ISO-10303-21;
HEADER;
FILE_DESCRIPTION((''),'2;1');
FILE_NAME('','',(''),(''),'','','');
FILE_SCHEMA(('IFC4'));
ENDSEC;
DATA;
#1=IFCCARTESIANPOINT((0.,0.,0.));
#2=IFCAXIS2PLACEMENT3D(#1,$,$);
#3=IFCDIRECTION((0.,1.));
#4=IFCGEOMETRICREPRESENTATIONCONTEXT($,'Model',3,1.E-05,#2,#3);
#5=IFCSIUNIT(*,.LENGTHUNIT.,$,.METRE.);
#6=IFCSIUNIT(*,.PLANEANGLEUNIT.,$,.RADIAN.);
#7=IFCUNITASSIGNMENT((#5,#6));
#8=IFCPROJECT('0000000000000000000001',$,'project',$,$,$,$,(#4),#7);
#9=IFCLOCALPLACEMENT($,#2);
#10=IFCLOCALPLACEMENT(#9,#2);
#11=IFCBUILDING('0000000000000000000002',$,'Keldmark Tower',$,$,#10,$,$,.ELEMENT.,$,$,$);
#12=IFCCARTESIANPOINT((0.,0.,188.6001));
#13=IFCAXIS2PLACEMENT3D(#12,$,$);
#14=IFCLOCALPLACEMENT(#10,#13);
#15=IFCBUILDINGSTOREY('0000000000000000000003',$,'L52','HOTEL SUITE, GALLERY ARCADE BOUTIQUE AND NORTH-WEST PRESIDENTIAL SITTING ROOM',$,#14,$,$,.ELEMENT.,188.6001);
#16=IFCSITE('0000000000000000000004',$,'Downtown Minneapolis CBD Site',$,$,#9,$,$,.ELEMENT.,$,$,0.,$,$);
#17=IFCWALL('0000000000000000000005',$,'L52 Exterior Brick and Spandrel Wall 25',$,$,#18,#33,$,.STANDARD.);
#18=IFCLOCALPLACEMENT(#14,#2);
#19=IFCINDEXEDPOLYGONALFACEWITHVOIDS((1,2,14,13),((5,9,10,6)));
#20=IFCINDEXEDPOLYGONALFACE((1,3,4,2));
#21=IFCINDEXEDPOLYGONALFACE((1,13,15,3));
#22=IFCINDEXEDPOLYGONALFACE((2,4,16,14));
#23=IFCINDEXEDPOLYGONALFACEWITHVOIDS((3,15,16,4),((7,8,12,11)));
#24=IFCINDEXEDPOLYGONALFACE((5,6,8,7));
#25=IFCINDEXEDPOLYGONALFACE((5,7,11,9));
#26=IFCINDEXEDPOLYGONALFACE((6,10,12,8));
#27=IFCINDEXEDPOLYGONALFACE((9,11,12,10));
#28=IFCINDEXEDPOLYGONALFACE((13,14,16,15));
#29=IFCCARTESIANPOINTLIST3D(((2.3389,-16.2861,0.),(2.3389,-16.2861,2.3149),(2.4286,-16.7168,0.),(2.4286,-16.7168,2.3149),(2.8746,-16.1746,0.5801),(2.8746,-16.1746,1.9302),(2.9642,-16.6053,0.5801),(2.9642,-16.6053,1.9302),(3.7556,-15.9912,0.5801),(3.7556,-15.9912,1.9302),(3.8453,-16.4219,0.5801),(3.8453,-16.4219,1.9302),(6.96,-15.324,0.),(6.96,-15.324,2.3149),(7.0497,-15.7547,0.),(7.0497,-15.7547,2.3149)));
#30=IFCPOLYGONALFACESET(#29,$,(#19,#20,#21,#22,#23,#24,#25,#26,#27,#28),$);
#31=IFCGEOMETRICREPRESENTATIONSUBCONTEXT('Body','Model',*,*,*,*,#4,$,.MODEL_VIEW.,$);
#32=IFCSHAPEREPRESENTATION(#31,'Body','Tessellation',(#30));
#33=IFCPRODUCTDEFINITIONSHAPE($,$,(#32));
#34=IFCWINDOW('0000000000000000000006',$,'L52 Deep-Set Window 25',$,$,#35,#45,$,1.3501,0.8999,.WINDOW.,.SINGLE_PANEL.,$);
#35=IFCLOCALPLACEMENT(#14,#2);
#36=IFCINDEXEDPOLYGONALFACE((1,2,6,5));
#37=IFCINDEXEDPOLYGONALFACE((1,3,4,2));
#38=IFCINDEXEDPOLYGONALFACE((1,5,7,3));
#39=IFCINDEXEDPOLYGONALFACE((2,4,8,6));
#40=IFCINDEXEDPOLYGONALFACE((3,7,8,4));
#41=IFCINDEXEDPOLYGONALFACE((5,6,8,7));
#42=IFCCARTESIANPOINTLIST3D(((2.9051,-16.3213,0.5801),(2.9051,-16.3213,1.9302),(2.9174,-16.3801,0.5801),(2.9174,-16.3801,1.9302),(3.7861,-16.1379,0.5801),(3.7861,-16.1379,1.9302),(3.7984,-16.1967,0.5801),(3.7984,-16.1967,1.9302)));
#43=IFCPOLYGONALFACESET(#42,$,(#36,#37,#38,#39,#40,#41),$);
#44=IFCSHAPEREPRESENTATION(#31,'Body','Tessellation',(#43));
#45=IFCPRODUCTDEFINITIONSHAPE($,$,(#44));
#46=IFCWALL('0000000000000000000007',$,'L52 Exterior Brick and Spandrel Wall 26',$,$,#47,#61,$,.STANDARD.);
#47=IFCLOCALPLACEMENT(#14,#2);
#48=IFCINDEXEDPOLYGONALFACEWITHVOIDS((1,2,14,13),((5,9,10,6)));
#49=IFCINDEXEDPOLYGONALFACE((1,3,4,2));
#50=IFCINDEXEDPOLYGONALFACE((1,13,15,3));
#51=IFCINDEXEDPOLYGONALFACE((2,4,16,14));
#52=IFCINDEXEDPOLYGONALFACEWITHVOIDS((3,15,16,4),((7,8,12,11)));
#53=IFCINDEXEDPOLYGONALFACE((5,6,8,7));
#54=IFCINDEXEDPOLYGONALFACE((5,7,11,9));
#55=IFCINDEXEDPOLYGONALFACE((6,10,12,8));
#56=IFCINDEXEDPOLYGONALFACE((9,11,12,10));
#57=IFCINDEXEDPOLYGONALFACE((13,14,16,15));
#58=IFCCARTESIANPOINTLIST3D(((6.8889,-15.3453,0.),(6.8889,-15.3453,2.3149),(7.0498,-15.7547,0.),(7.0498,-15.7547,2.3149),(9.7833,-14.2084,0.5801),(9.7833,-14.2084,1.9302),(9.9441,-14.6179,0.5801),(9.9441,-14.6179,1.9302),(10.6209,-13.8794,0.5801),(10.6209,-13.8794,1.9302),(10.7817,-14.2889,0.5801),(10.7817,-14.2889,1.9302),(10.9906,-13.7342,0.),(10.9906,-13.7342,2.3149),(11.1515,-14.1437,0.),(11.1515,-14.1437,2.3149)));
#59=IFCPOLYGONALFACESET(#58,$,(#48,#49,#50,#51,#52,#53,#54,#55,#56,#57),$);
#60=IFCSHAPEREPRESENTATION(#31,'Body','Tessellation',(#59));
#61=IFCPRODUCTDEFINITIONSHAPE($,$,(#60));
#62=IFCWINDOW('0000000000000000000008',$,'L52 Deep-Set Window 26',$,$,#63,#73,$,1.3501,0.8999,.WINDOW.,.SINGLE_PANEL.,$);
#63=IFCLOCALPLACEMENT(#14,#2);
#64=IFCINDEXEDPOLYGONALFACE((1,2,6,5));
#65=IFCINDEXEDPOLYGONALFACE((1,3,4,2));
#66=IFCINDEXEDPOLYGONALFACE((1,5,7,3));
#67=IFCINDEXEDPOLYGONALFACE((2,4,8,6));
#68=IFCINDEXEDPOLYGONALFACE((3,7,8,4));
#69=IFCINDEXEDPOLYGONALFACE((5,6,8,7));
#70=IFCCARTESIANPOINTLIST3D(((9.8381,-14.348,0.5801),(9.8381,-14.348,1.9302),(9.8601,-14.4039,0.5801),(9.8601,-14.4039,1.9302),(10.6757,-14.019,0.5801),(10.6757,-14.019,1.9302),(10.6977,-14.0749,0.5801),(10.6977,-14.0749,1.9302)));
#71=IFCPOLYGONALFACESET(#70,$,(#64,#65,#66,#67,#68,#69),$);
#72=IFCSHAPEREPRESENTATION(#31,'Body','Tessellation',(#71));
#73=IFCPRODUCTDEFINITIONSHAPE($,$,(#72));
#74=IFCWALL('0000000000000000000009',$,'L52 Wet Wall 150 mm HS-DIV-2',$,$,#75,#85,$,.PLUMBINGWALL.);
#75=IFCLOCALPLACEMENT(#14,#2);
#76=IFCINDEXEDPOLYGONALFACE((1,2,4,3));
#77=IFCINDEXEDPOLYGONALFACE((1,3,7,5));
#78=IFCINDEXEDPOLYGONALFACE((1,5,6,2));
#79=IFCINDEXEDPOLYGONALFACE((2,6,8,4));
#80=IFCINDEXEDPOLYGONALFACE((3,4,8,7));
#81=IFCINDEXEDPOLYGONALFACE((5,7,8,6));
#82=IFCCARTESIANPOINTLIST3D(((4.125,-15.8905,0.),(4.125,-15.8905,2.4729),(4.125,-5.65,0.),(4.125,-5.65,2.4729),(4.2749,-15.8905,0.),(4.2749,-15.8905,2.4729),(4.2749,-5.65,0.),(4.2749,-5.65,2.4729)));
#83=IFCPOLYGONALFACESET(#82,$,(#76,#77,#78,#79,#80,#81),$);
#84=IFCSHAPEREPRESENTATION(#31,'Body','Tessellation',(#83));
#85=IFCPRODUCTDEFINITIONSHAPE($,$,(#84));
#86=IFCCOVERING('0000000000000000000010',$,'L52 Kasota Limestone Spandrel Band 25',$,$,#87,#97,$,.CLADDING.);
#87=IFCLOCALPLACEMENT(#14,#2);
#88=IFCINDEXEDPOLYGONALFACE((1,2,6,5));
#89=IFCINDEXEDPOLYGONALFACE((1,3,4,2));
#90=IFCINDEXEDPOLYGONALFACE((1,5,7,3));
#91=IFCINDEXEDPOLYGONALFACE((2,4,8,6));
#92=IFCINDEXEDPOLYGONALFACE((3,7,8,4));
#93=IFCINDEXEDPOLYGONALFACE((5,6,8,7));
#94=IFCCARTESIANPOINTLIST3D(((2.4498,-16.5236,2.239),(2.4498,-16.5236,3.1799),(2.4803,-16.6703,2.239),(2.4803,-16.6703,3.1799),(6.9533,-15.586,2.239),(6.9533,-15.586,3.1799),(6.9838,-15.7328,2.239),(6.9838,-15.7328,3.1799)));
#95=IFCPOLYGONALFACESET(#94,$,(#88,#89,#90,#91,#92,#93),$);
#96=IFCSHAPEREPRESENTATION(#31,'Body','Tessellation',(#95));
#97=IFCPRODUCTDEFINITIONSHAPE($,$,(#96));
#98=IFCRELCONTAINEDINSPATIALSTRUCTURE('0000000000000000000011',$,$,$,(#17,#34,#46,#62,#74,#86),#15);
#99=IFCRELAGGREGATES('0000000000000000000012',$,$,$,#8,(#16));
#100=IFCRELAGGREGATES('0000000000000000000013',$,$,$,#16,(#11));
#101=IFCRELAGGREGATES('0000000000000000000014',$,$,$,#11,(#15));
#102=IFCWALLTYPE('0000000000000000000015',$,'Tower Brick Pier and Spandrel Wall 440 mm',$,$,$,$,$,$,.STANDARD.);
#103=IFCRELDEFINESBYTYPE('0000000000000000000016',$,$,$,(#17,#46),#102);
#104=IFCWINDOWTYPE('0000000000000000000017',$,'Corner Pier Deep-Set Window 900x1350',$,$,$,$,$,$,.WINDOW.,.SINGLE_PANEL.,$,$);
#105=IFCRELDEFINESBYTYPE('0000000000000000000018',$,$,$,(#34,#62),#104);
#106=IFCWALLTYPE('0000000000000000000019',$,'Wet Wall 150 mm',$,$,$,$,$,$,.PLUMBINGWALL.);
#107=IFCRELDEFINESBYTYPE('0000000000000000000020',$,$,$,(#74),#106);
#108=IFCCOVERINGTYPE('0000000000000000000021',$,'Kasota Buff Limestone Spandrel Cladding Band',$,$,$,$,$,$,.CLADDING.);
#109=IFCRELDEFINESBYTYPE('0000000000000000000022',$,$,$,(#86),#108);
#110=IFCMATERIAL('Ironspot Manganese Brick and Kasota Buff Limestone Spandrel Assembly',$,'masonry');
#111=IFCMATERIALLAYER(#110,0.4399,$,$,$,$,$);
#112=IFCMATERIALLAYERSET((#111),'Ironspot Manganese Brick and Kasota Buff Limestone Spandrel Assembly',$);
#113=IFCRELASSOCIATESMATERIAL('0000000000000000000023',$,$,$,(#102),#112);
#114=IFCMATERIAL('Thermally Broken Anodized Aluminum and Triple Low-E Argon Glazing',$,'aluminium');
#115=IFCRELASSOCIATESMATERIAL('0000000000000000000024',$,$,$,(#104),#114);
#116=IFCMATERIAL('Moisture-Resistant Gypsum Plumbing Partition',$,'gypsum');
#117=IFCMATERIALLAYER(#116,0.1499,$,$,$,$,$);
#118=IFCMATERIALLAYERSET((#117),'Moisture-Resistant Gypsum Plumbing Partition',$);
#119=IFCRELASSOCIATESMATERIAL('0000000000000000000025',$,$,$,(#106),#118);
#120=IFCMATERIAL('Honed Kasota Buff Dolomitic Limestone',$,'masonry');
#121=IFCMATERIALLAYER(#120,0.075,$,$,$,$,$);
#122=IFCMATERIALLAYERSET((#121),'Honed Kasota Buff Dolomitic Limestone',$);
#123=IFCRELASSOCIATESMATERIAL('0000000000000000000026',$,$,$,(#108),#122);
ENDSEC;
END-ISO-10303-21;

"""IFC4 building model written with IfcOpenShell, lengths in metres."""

from ifc_helpers import new_model, si_unit, direction, frame, frame_2d, origin, origin_2d, place, context, subcontext, project, spatial, rectangle, extrude, material, layer, layer_set, type_object, element, fill, save


model = new_model("IFC4")

# Units and contexts
model_context = context("Model", 3, precision=1e-05, world=origin(), true_north=direction((0.0, 1.0)))
body_context = subcontext(model_context, "Body", "Model", "MODEL_VIEW")
ifc_project = project(units=[si_unit("LENGTHUNIT", "METRE"), si_unit("PLANEANGLEUNIT", "RADIAN")], contexts=[model_context])

# Site, building, storey
site_placement = place(None, origin())
site = spatial("IfcSite", under=ifc_project, at=site_placement, Name="Downtown Minneapolis CBD Site", CompositionType="ELEMENT", RefElevation=0.0)
building_placement = place(site_placement, origin())
building = spatial("IfcBuilding", under=site, at=building_placement, Name="Keldmark Tower", CompositionType="ELEMENT")
storey_placement = place(building_placement, frame((0.0, 0.0, 188.6001)))
storey = spatial("IfcBuildingStorey", under=building, at=storey_placement, Name="L52", Description="HOTEL SUITE, GALLERY ARCADE BOUTIQUE AND NORTH-WEST PRESIDENTIAL SITTING ROOM", CompositionType="ELEMENT", Elevation=188.6001)

# Walls, openings, windows
ifc_material_1 = material(Name="Ironspot Manganese Brick and Kasota Buff Limestone Spandrel Assembly", Category="masonry")
ifc_layer_1 = layer(ifc_material_1, 0.4399)
ifc_layer_set_1 = layer_set([ifc_layer_1], Name="Ironspot Manganese Brick and Kasota Buff Limestone Spandrel Assembly")
wall_type_1 = type_object("IfcWallType", Name="Tower Brick Pier and Spandrel Wall 440 mm", PredefinedType="STANDARD", material=ifc_layer_set_1)
ifc_material_2 = material(Name="Thermally Broken Anodized Aluminum and Triple Low-E Argon Glazing", Category="aluminium")
window_type = type_object("IfcWindowType", Name="Corner Pier Deep-Set Window 900x1350", PartitioningType="SINGLE_PANEL", PredefinedType="WINDOW", material=ifc_material_2)
wall_1_placement = place(storey_placement, frame((7.0049, -15.5393, 0.0), z_axis=(0.0, 0.0, 1.0), x_axis=(-0.979005, -0.203839, 0.0)))
wall_1 = element("IfcWall", 1, at=wall_1_placement, inside=storey, type_object=wall_type_1, Name="L52 Exterior Brick and Spandrel Wall 25", PredefinedType="STANDARD", context=body_context, shape_type="SweptSolid", body=[
    extrude(rectangle(XDim=4.7202, YDim=0.4399, at=frame_2d((2.3601, 0.0))), origin(), (0.0, 0.0, 1.0), 2.3149),
])
opening_1_placement = place(wall_1_placement, frame((3.2732, 0.0, 0.5801)))
opening_1 = element("IfcOpeningElement", 2, at=opening_1_placement, cuts=wall_1, PredefinedType="OPENING", context=body_context, shape_type="SweptSolid", body=[
    extrude(rectangle(XDim=0.8999, YDim=1.3501, at=frame_2d((0.45, 0.675))), frame((0.0, 0.23, 0.0), z_axis=(0.0, -1.0, 0.0), x_axis=(1.0, 0.0, 0.0)), (0.0, 0.0, 1.0), 0.46),
])
window_1_placement = place(opening_1_placement, origin())
window_1 = element("IfcWindow", 3, at=window_1_placement, inside=storey, type_object=window_type, Name="L52 Deep-Set Window 25", OverallHeight=1.3501, OverallWidth=0.8999, PartitioningType="SINGLE_PANEL", PredefinedType="WINDOW", context=body_context, shape_type="SweptSolid", body=[
    extrude(rectangle(XDim=0.8999, YDim=1.3501, at=frame_2d((0.45, 0.675))), frame((0.0, -0.01, 0.0), z_axis=(0.0, -1.0, 0.0), x_axis=(1.0, 0.0, 0.0)), (0.0, 0.0, 1.0), 0.0601),
])
fill(opening_1, window_1)
wall_2_placement = place(storey_placement, frame((11.071, -13.939, 0.0), z_axis=(0.0, 0.0, 1.0), x_axis=(-0.930778, -0.365586, 0.0)))
wall_2 = element("IfcWall", 4, at=wall_2_placement, inside=storey, type_object=wall_type_1, Name="L52 Exterior Brick and Spandrel Wall 26", PredefinedType="STANDARD", context=body_context, shape_type="SweptSolid", body=[
    extrude(rectangle(XDim=4.4067, YDim=0.4399, at=frame_2d((2.2034, 0.0))), origin(), (0.0, 0.0, 1.0), 2.3149),
])
opening_2_placement = place(wall_2_placement, frame((0.3972, 0.0, 0.5801)))
opening_2 = element("IfcOpeningElement", 5, at=opening_2_placement, cuts=wall_2, PredefinedType="OPENING", context=body_context, shape_type="SweptSolid", body=[
    extrude(rectangle(XDim=0.8999, YDim=1.3501, at=frame_2d((0.45, 0.675))), frame((0.0, 0.23, 0.0), z_axis=(0.0, -1.0, 0.0), x_axis=(1.0, 0.0, 0.0)), (0.0, 0.0, 1.0), 0.46),
])
window_2_placement = place(opening_2_placement, origin())
window_2 = element("IfcWindow", 6, at=window_2_placement, inside=storey, type_object=window_type, Name="L52 Deep-Set Window 26", OverallHeight=1.3501, OverallWidth=0.8999, PartitioningType="SINGLE_PANEL", PredefinedType="WINDOW", context=body_context, shape_type="SweptSolid", body=[
    extrude(rectangle(XDim=0.8999, YDim=1.3501, at=frame_2d((0.45, 0.675))), frame((0.0, -0.01, 0.0), z_axis=(0.0, -1.0, 0.0), x_axis=(1.0, 0.0, 0.0)), (0.0, 0.0, 1.0), 0.0601),
])
fill(opening_2, window_2)

# Wall
ifc_material_3 = material(Name="Moisture-Resistant Gypsum Plumbing Partition", Category="gypsum")
ifc_layer_2 = layer(ifc_material_3, 0.1499)
ifc_layer_set_2 = layer_set([ifc_layer_2], Name="Moisture-Resistant Gypsum Plumbing Partition")
wall_type_2 = type_object("IfcWallType", Name="Wet Wall 150 mm", PredefinedType="PLUMBINGWALL", material=ifc_layer_set_2)
wall_3_placement = place(storey_placement, frame((4.2, -15.8904, 0.0), z_axis=(0.0, 0.0, 1.0), x_axis=(0.0, 1.0, 0.0)))
element("IfcWall", 7, at=wall_3_placement, inside=storey, type_object=wall_type_2, Name="L52 Wet Wall 150 mm HS-DIV-2", PredefinedType="PLUMBINGWALL", context=body_context, shape_type="SweptSolid", body=[
    extrude(rectangle(XDim=10.2405, YDim=0.1499, at=frame_2d((5.1201, 0.0))), origin(), (0.0, 0.0, 1.0), 2.4729),
])

# Covering
ifc_material_4 = material(Name="Honed Kasota Buff Dolomitic Limestone", Category="masonry")
ifc_layer_3 = layer(ifc_material_4, 0.075)
ifc_layer_set_3 = layer_set([ifc_layer_3], Name="Honed Kasota Buff Dolomitic Limestone")
covering_type = type_object("IfcCoveringType", Name="Kasota Buff Limestone Spandrel Cladding Band", PredefinedType="CLADDING", material=ifc_layer_set_3)
covering_placement = place(storey_placement, frame((4.7168, -16.1282, 2.239), z_axis=(0.0, 0.0, 1.0), x_axis=(0.97901, 0.203813, 0.0)))
element("IfcCovering", 8, at=covering_placement, inside=storey, type_object=covering_type, Name="L52 Kasota Limestone Spandrel Band 25", PredefinedType="CLADDING", context=body_context, shape_type="SweptSolid", body=[
    extrude(rectangle(XDim=4.6001, YDim=0.1499, at=origin_2d()), origin(), (0.0, 0.0, 1.0), 0.9409),
])

save(model, "model.ifc")
